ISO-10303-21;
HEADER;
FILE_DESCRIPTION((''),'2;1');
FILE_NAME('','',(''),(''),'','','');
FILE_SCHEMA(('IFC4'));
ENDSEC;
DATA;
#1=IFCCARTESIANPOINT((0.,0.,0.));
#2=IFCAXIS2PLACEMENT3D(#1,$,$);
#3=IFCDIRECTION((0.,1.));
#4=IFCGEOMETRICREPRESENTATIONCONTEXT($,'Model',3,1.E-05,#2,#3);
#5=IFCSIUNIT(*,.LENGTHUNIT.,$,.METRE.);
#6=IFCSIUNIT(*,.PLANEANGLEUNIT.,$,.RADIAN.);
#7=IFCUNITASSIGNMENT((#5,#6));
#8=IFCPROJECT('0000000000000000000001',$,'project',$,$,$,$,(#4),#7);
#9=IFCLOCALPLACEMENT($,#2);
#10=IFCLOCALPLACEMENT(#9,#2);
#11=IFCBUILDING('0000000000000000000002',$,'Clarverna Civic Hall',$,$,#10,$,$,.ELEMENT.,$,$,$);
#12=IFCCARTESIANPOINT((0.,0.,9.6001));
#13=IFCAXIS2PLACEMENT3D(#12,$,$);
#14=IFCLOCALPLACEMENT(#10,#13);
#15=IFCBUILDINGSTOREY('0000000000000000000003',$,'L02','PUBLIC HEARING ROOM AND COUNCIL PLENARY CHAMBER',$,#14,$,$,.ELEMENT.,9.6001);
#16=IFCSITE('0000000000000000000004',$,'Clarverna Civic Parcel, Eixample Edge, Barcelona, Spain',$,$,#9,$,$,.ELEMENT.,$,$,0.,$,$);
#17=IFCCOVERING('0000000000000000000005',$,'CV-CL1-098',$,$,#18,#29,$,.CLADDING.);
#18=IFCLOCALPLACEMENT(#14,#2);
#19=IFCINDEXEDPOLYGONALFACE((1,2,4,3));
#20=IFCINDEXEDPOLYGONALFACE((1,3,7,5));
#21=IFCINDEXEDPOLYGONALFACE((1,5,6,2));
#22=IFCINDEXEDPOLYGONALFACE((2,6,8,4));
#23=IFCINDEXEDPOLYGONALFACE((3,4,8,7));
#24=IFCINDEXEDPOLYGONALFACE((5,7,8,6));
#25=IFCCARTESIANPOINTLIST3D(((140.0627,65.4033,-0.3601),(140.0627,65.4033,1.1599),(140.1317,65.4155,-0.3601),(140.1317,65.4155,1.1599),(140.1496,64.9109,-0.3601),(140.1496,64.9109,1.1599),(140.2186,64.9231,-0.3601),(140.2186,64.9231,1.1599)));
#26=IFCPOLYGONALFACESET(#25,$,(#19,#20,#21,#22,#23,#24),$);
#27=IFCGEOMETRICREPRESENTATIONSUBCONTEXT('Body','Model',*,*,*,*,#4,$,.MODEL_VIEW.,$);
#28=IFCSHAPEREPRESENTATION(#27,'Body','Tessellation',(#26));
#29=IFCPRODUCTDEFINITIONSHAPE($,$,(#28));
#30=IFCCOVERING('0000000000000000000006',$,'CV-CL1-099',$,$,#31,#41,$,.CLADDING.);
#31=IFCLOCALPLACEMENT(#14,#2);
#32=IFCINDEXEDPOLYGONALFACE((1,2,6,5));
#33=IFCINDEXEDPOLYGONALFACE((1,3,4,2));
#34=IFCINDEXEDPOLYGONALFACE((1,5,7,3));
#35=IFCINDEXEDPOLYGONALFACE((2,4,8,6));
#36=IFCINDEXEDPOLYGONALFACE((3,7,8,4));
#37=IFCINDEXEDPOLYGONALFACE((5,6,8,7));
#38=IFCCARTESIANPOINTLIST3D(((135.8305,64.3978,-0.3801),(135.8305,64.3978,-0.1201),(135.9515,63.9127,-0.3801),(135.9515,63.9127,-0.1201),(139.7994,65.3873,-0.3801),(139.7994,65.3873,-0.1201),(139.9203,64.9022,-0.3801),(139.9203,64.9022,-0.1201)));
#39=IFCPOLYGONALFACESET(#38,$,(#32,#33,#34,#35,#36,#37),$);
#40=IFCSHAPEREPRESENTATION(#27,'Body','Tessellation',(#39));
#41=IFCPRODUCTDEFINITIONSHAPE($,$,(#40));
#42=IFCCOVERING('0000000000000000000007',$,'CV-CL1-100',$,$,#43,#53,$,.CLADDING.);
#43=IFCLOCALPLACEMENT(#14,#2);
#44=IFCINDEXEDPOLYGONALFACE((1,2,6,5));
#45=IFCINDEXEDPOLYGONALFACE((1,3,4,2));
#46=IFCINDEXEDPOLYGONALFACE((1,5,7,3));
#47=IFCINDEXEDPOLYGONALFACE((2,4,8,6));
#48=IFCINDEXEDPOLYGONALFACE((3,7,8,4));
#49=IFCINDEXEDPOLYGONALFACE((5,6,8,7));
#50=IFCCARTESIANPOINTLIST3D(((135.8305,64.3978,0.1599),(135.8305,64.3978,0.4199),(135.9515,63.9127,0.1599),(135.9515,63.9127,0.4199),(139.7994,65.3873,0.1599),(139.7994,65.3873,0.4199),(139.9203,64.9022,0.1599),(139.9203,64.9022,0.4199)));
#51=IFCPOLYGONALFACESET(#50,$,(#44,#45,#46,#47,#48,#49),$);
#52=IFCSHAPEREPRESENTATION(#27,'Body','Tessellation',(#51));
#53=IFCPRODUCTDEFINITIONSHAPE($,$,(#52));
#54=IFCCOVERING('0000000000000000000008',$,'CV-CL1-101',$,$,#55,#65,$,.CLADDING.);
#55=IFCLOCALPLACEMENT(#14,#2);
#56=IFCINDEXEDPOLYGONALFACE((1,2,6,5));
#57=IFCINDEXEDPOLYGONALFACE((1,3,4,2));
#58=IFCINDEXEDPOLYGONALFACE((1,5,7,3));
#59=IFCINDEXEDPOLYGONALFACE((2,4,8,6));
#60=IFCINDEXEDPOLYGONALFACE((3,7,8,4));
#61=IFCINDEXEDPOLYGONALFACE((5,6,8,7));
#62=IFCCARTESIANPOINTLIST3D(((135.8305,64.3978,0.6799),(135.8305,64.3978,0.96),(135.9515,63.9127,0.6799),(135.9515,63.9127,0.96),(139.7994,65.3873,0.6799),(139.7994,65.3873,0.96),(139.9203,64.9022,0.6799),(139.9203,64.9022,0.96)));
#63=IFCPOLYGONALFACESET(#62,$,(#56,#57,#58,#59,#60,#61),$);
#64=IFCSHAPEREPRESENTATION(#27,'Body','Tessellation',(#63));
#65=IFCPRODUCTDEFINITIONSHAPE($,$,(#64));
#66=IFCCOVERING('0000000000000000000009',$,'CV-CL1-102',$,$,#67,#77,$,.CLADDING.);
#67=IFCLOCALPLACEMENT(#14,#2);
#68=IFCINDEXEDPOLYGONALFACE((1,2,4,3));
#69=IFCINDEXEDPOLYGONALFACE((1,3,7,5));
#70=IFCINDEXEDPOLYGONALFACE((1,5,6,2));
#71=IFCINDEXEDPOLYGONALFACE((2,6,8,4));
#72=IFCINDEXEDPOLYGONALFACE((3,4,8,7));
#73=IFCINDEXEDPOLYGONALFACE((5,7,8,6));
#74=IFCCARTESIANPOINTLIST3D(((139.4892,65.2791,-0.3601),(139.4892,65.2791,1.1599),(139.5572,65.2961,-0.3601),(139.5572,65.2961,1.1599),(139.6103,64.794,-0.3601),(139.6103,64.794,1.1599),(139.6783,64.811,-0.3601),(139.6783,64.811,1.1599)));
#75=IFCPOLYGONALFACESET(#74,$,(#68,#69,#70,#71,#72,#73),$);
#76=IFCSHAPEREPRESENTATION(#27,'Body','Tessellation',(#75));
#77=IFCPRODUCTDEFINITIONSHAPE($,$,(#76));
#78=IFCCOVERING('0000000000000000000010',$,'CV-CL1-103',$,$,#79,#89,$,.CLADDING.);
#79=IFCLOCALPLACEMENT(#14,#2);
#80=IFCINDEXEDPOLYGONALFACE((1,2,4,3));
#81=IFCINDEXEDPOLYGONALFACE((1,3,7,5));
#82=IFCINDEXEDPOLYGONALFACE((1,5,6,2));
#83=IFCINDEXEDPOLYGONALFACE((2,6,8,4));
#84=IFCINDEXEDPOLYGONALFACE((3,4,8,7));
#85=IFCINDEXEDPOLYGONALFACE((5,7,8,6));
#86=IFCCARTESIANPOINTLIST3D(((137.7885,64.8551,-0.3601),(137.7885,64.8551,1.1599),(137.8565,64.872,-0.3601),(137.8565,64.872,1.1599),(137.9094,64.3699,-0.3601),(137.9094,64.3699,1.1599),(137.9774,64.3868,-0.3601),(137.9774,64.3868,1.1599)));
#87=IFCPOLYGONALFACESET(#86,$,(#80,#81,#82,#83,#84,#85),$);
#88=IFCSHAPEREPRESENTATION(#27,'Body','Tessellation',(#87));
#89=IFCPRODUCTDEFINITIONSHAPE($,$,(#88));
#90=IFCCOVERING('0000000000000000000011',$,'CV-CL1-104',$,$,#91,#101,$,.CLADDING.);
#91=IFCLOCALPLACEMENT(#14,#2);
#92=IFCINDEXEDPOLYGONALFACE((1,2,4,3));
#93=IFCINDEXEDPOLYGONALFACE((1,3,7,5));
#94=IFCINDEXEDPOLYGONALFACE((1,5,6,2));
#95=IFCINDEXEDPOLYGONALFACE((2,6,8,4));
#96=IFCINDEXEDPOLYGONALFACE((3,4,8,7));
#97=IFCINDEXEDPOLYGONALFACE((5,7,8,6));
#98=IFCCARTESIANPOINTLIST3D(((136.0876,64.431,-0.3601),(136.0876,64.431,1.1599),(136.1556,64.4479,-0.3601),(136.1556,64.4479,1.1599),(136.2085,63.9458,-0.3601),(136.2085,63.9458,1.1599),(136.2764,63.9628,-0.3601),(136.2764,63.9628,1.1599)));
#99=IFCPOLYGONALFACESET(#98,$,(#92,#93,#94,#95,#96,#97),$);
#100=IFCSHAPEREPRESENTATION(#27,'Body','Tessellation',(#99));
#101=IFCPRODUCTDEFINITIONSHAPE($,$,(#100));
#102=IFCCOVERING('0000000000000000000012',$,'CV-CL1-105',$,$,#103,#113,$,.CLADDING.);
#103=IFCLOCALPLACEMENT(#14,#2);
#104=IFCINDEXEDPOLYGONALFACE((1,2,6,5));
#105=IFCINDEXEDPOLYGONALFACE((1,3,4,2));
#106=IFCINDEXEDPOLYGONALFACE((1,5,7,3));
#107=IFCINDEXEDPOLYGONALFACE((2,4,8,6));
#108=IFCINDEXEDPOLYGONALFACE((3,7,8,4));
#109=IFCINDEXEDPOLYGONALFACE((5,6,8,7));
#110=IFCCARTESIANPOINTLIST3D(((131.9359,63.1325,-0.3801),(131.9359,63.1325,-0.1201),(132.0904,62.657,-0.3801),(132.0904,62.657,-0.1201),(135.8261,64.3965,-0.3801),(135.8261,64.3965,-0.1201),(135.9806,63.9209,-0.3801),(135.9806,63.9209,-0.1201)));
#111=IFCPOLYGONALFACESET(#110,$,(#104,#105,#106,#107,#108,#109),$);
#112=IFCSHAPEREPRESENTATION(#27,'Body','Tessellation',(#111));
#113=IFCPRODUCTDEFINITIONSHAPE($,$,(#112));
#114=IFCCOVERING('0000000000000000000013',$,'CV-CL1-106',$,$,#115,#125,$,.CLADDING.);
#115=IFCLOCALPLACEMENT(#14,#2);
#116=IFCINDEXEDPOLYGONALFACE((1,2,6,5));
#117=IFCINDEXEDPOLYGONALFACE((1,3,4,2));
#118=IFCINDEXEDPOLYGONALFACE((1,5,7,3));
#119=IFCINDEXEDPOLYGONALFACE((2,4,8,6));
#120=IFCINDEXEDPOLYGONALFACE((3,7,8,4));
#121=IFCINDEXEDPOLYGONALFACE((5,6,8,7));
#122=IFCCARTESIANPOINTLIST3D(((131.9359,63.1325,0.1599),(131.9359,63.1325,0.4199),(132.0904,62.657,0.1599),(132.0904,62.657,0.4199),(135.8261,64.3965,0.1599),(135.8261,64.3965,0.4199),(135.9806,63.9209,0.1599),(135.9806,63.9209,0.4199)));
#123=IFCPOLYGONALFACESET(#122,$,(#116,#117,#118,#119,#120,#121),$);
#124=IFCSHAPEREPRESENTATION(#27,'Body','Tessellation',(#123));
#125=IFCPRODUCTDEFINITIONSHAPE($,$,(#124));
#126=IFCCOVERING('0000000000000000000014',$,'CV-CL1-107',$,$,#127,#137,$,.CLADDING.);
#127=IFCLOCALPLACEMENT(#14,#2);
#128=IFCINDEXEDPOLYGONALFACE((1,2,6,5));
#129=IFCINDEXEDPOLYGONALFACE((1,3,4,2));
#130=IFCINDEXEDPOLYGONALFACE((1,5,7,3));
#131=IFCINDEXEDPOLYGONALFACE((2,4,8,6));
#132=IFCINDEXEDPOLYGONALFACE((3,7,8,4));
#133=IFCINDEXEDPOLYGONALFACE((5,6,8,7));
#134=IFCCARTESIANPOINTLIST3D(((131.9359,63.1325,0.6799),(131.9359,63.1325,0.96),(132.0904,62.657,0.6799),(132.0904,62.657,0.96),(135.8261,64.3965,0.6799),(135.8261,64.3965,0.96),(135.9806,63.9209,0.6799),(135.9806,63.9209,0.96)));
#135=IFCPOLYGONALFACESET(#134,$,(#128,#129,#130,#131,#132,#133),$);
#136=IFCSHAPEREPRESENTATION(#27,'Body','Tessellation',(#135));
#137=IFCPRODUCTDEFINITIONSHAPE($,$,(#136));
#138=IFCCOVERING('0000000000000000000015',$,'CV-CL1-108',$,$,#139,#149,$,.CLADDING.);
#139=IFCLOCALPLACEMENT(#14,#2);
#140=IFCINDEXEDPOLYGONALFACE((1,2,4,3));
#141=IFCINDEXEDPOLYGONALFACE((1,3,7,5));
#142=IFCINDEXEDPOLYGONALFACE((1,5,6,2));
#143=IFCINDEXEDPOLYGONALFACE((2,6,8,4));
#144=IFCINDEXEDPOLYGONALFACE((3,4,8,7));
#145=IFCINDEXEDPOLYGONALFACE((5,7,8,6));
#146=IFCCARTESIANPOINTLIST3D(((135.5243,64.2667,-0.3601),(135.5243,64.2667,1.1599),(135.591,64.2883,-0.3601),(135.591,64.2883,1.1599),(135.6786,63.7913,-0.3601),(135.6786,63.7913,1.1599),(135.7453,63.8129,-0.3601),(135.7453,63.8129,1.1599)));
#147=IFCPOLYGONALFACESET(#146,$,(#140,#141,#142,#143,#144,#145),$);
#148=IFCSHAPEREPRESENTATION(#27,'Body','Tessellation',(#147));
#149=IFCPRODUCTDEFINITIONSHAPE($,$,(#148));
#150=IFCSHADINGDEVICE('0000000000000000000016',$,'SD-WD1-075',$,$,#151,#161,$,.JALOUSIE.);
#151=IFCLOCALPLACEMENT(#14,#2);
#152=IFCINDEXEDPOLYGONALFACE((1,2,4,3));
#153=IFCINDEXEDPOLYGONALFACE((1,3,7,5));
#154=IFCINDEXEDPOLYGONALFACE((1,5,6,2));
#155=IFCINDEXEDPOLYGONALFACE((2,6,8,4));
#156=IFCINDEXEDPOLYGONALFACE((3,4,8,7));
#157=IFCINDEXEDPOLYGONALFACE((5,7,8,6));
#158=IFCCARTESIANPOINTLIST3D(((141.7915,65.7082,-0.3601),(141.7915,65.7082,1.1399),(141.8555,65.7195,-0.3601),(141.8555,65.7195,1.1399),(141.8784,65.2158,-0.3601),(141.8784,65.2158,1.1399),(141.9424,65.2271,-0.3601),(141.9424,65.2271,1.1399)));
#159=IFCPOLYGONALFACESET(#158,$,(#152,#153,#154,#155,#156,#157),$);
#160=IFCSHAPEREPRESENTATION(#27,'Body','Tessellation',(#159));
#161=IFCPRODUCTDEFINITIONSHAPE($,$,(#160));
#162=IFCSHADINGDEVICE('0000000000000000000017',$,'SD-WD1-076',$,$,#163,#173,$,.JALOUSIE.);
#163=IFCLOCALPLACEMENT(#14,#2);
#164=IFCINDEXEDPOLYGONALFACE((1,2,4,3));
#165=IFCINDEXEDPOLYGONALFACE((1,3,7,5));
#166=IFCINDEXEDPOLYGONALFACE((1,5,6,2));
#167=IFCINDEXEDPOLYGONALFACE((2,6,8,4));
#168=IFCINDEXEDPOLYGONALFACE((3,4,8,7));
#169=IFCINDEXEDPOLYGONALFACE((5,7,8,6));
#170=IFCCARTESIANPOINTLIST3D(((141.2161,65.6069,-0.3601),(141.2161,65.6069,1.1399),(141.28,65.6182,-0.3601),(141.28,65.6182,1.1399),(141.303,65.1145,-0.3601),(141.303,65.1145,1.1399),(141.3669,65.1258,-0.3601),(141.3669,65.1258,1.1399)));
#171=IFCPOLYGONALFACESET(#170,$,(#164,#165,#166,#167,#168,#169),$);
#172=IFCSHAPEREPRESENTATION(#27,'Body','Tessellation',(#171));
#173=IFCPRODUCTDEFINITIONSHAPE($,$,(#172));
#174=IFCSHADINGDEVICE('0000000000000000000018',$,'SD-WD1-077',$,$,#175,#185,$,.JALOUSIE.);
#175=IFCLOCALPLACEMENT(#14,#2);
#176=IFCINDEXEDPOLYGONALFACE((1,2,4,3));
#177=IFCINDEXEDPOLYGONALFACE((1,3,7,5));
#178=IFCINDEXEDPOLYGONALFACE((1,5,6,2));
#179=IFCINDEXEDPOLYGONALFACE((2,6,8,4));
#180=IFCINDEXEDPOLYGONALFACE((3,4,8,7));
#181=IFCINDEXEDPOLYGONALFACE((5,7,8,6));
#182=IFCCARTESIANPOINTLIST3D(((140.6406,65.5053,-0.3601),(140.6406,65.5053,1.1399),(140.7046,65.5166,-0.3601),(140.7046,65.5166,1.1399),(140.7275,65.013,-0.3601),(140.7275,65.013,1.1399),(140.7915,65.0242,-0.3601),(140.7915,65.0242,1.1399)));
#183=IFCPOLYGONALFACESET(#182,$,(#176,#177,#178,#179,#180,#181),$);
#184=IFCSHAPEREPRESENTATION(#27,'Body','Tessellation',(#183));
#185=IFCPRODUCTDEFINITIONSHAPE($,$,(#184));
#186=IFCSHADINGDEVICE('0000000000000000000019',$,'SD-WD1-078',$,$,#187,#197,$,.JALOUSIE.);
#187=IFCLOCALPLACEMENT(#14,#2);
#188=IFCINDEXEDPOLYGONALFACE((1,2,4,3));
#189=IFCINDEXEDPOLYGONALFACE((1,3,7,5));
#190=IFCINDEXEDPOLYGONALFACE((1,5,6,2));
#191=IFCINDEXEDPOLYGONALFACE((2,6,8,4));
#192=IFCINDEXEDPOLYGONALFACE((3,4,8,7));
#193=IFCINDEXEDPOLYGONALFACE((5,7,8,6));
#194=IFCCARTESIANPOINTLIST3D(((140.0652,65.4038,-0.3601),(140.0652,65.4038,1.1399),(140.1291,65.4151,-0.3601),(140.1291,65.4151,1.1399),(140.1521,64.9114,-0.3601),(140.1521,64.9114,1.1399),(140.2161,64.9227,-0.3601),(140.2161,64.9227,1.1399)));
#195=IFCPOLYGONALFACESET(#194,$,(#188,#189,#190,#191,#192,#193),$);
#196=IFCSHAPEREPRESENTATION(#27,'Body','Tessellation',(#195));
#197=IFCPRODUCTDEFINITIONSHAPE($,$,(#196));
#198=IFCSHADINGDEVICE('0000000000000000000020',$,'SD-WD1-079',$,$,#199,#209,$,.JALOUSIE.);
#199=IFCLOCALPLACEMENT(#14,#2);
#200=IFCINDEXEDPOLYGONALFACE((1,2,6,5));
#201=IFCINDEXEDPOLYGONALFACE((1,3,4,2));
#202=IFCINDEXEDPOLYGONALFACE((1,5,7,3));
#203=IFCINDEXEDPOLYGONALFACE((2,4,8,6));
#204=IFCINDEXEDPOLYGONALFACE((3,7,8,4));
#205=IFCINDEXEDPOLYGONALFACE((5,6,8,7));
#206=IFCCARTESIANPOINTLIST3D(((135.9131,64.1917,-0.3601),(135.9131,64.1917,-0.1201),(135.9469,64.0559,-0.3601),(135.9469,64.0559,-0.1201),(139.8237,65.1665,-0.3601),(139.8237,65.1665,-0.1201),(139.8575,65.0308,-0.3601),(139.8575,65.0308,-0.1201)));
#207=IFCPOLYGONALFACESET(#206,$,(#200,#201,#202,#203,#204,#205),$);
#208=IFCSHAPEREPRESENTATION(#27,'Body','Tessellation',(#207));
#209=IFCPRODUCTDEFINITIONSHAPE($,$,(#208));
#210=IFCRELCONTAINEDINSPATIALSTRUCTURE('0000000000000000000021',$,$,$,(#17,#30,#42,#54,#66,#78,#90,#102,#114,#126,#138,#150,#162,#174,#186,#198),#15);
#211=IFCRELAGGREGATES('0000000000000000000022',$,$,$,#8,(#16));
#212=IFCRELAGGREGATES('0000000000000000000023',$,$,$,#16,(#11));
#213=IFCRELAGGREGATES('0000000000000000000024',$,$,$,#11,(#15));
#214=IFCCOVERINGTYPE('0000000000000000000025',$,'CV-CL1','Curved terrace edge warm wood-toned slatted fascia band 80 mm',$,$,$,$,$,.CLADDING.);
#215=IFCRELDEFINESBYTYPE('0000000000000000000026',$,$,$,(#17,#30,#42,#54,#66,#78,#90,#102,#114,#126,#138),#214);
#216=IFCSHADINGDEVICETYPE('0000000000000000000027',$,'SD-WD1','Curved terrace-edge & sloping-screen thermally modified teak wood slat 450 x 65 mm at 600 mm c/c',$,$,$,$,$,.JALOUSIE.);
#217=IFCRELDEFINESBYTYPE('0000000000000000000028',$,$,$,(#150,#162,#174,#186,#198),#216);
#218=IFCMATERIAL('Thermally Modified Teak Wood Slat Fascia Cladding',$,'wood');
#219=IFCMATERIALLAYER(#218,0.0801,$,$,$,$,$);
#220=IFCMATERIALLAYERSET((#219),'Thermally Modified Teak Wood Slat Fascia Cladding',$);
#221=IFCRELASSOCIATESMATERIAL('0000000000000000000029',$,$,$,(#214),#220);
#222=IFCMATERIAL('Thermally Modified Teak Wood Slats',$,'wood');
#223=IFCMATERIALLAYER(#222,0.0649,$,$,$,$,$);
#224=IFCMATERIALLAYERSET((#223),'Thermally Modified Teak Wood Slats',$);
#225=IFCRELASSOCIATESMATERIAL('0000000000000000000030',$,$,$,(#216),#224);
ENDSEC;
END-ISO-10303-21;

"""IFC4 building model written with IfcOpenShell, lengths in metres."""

from ifc_helpers import new_model, si_unit, direction, frame, frame_2d, origin, place, context, subcontext, project, spatial, rectangle, extrude, material, layer, layer_set, type_object, element, save


model = new_model("IFC4")

# Units and contexts
model_context = context("Model", 3, precision=1e-05, world=origin(), true_north=direction((0.0, 1.0)))
body_context = subcontext(model_context, "Body", "Model", "MODEL_VIEW")
ifc_project = project(units=[si_unit("LENGTHUNIT", "METRE"), si_unit("PLANEANGLEUNIT", "RADIAN")], contexts=[model_context])

# Site, building, storey
site_placement = place(None, origin())
site = spatial("IfcSite", under=ifc_project, at=site_placement, Name="Clarverna Civic Parcel, Eixample Edge, Barcelona, Spain", CompositionType="ELEMENT", RefElevation=0.0)
building_placement = place(site_placement, origin())
building = spatial("IfcBuilding", under=site, at=building_placement, Name="Clarverna Civic Hall", CompositionType="ELEMENT")
storey_placement = place(building_placement, frame((0.0, 0.0, 9.6001)))
storey = spatial("IfcBuildingStorey", under=building, at=storey_placement, Name="L02", Description="PUBLIC HEARING ROOM AND COUNCIL PLENARY CHAMBER", CompositionType="ELEMENT", Elevation=9.6001)

# Coverings
ifc_material_1 = material(Name="Thermally Modified Teak Wood Slat Fascia Cladding", Category="wood")
ifc_layer_1 = layer(ifc_material_1, 0.0801)
ifc_layer_set_1 = layer_set([ifc_layer_1], Name="Thermally Modified Teak Wood Slat Fascia Cladding")
covering_type = type_object("IfcCoveringType", Name="CV-CL1", Description="Curved terrace edge warm wood-toned slatted fascia band 80 mm", PredefinedType="CLADDING", material=ifc_layer_set_1)
covering_1_placement = place(storey_placement, frame((140.0972, 65.4094, -0.3601), z_axis=(0.0, 0.0, 1.0), x_axis=(0.173813, -0.984779, 0.0)))
element("IfcCovering", 1, at=covering_1_placement, inside=storey, type_object=covering_type, Name="CV-CL1-098", PredefinedType="CLADDING", context=body_context, shape_type="SweptSolid", body=[
    extrude(rectangle(XDim=0.5, YDim=0.0701, at=frame_2d((0.25, 0.0))), origin(), (0.0, 0.0, 1.0), 1.52),
])
for number, where, z_axis, x_axis, name in (
    (2, (139.8599, 65.1448, -0.3801), (0.0, 0.0, 1.0), (-0.970297, -0.241918, 0.0), "CV-CL1-099"),
    (3, (139.8599, 65.1448, 0.1599), (0.0, 0.0, 1.0), (-0.970297, -0.241918, 0.0), "CV-CL1-100"),
):
    element("IfcCovering", number, at=place(storey_placement, frame(where, z_axis=z_axis, x_axis=x_axis)), inside=storey, type_object=covering_type, Name=name, PredefinedType="CLADDING", context=body_context, shape_type="SweptSolid", body=[
        extrude(rectangle(XDim=4.0903, YDim=0.5, at=frame_2d((2.0452, 0.0))), origin(), (0.0, 0.0, 1.0), 0.26),
    ])
covering_2_placement = place(storey_placement, frame((139.8599, 65.1448, 0.6799), z_axis=(0.0, 0.0, 1.0), x_axis=(-0.970297, -0.241918, 0.0)))
element("IfcCovering", 4, at=covering_2_placement, inside=storey, type_object=covering_type, Name="CV-CL1-101", PredefinedType="CLADDING", context=body_context, shape_type="SweptSolid", body=[
    extrude(rectangle(XDim=4.0903, YDim=0.5, at=frame_2d((2.0452, 0.0))), origin(), (0.0, 0.0, 1.0), 0.28),
])
for number, where, z_axis, x_axis, name in (
    (5, (139.5232, 65.2876, -0.3601), (0.0, 0.0, 1.0), (0.242191, -0.970229, 0.0), "CV-CL1-102"),
    (6, (137.8225, 64.8635, -0.3601), (0.0, 0.0, 1.0), (0.241731, -0.970343, 0.0), "CV-CL1-103"),
    (7, (136.1216, 64.4395, -0.3601), (0.0, 0.0, 1.0), (0.241731, -0.970343, 0.0), "CV-CL1-104"),
):
    element("IfcCovering", number, at=place(storey_placement, frame(where, z_axis=z_axis, x_axis=x_axis)), inside=storey, type_object=covering_type, Name=name, PredefinedType="CLADDING", context=body_context, shape_type="SweptSolid", body=[
        extrude(rectangle(XDim=0.5, YDim=0.0701, at=frame_2d((0.25, 0.0))), origin(), (0.0, 0.0, 1.0), 1.52),
    ])
for number, where, z_axis, x_axis, name in (
    (8, (135.9033, 64.1587, -0.3801), (0.0, 0.0, 1.0), (-0.951061, -0.309002, 0.0), "CV-CL1-105"),
    (9, (135.9033, 64.1587, 0.1599), (0.0, 0.0, 1.0), (-0.951061, -0.309002, 0.0), "CV-CL1-106"),
):
    element("IfcCovering", number, at=place(storey_placement, frame(where, z_axis=z_axis, x_axis=x_axis)), inside=storey, type_object=covering_type, Name=name, PredefinedType="CLADDING", context=body_context, shape_type="SweptSolid", body=[
        extrude(rectangle(XDim=4.0903, YDim=0.5, at=frame_2d((2.0452, 0.0))), origin(), (0.0, 0.0, 1.0), 0.26),
    ])
covering_3_placement = place(storey_placement, frame((135.9033, 64.1587, 0.6799), z_axis=(0.0, 0.0, 1.0), x_axis=(-0.951061, -0.309002, 0.0)))
element("IfcCovering", 10, at=covering_3_placement, inside=storey, type_object=covering_type, Name="CV-CL1-107", PredefinedType="CLADDING", context=body_context, shape_type="SweptSolid", body=[
    extrude(rectangle(XDim=4.0903, YDim=0.5, at=frame_2d((2.0452, 0.0))), origin(), (0.0, 0.0, 1.0), 0.28),
])
covering_4_placement = place(storey_placement, frame((135.5576, 64.2776, -0.3601), z_axis=(0.0, 0.0, 1.0), x_axis=(0.308744, -0.951145, 0.0)))
element("IfcCovering", 11, at=covering_4_placement, inside=storey, type_object=covering_type, Name="CV-CL1-108", PredefinedType="CLADDING", context=body_context, shape_type="SweptSolid", body=[
    extrude(rectangle(XDim=0.4998, YDim=0.0701, at=frame_2d((0.25, 0.0))), origin(), (0.0, 0.0, 1.0), 1.52),
])

# Shading devices
ifc_material_2 = material(Name="Thermally Modified Teak Wood Slats", Category="wood")
ifc_layer_2 = layer(ifc_material_2, 0.0649)
ifc_layer_set_2 = layer_set([ifc_layer_2], Name="Thermally Modified Teak Wood Slats")
shading_device_type = type_object("IfcShadingDeviceType", Name="SD-WD1", Description="Curved terrace-edge & sloping-screen thermally modified teak wood slat 450 x 65 mm at 600 mm c/c", PredefinedType="JALOUSIE", material=ifc_layer_set_2)
for number, where, z_axis, x_axis, name in (
    (12, (141.8235, 65.7139, -0.3601), (0.0, 0.0, 1.0), (0.173813, -0.984779, 0.0), "SD-WD1-075"),
    (13, (141.248, 65.6125, -0.3601), (0.0, 0.0, 1.0), (0.173813, -0.984779, 0.0), "SD-WD1-076"),
    (14, (140.6726, 65.511, -0.3601), (0.0, 0.0, 1.0), (0.173813, -0.984779, 0.0), "SD-WD1-077"),
    (15, (140.0972, 65.4094, -0.3601), (0.0, 0.0, 1.0), (0.173813, -0.984779, 0.0), "SD-WD1-078"),
):
    element("IfcShadingDevice", number, at=place(storey_placement, frame(where, z_axis=z_axis, x_axis=x_axis)), inside=storey, type_object=shading_device_type, Name=name, PredefinedType="JALOUSIE", context=body_context, shape_type="SweptSolid", body=[
        extrude(rectangle(XDim=0.5, YDim=0.0649, at=frame_2d((0.25, 0.0))), origin(), (0.0, 0.0, 1.0), 1.5),
    ])
shading_device_1_placement = place(storey_placement, frame((139.8406, 65.0986, -0.3601), z_axis=(0.0, 0.0, 1.0), x_axis=(-0.970306, -0.24188, 0.0)))
element("IfcShadingDevice", 16, at=shading_device_1_placement, inside=storey, type_object=shading_device_type, Name="SD-WD1-079", PredefinedType="JALOUSIE", context=body_context, shape_type="SweptSolid", body=[
    extrude(rectangle(XDim=4.0303, YDim=0.1399, at=frame_2d((2.0151, 0.0))), origin(), (0.0, 0.0, 1.0), 0.24),
])

save(model, "model.ifc")
